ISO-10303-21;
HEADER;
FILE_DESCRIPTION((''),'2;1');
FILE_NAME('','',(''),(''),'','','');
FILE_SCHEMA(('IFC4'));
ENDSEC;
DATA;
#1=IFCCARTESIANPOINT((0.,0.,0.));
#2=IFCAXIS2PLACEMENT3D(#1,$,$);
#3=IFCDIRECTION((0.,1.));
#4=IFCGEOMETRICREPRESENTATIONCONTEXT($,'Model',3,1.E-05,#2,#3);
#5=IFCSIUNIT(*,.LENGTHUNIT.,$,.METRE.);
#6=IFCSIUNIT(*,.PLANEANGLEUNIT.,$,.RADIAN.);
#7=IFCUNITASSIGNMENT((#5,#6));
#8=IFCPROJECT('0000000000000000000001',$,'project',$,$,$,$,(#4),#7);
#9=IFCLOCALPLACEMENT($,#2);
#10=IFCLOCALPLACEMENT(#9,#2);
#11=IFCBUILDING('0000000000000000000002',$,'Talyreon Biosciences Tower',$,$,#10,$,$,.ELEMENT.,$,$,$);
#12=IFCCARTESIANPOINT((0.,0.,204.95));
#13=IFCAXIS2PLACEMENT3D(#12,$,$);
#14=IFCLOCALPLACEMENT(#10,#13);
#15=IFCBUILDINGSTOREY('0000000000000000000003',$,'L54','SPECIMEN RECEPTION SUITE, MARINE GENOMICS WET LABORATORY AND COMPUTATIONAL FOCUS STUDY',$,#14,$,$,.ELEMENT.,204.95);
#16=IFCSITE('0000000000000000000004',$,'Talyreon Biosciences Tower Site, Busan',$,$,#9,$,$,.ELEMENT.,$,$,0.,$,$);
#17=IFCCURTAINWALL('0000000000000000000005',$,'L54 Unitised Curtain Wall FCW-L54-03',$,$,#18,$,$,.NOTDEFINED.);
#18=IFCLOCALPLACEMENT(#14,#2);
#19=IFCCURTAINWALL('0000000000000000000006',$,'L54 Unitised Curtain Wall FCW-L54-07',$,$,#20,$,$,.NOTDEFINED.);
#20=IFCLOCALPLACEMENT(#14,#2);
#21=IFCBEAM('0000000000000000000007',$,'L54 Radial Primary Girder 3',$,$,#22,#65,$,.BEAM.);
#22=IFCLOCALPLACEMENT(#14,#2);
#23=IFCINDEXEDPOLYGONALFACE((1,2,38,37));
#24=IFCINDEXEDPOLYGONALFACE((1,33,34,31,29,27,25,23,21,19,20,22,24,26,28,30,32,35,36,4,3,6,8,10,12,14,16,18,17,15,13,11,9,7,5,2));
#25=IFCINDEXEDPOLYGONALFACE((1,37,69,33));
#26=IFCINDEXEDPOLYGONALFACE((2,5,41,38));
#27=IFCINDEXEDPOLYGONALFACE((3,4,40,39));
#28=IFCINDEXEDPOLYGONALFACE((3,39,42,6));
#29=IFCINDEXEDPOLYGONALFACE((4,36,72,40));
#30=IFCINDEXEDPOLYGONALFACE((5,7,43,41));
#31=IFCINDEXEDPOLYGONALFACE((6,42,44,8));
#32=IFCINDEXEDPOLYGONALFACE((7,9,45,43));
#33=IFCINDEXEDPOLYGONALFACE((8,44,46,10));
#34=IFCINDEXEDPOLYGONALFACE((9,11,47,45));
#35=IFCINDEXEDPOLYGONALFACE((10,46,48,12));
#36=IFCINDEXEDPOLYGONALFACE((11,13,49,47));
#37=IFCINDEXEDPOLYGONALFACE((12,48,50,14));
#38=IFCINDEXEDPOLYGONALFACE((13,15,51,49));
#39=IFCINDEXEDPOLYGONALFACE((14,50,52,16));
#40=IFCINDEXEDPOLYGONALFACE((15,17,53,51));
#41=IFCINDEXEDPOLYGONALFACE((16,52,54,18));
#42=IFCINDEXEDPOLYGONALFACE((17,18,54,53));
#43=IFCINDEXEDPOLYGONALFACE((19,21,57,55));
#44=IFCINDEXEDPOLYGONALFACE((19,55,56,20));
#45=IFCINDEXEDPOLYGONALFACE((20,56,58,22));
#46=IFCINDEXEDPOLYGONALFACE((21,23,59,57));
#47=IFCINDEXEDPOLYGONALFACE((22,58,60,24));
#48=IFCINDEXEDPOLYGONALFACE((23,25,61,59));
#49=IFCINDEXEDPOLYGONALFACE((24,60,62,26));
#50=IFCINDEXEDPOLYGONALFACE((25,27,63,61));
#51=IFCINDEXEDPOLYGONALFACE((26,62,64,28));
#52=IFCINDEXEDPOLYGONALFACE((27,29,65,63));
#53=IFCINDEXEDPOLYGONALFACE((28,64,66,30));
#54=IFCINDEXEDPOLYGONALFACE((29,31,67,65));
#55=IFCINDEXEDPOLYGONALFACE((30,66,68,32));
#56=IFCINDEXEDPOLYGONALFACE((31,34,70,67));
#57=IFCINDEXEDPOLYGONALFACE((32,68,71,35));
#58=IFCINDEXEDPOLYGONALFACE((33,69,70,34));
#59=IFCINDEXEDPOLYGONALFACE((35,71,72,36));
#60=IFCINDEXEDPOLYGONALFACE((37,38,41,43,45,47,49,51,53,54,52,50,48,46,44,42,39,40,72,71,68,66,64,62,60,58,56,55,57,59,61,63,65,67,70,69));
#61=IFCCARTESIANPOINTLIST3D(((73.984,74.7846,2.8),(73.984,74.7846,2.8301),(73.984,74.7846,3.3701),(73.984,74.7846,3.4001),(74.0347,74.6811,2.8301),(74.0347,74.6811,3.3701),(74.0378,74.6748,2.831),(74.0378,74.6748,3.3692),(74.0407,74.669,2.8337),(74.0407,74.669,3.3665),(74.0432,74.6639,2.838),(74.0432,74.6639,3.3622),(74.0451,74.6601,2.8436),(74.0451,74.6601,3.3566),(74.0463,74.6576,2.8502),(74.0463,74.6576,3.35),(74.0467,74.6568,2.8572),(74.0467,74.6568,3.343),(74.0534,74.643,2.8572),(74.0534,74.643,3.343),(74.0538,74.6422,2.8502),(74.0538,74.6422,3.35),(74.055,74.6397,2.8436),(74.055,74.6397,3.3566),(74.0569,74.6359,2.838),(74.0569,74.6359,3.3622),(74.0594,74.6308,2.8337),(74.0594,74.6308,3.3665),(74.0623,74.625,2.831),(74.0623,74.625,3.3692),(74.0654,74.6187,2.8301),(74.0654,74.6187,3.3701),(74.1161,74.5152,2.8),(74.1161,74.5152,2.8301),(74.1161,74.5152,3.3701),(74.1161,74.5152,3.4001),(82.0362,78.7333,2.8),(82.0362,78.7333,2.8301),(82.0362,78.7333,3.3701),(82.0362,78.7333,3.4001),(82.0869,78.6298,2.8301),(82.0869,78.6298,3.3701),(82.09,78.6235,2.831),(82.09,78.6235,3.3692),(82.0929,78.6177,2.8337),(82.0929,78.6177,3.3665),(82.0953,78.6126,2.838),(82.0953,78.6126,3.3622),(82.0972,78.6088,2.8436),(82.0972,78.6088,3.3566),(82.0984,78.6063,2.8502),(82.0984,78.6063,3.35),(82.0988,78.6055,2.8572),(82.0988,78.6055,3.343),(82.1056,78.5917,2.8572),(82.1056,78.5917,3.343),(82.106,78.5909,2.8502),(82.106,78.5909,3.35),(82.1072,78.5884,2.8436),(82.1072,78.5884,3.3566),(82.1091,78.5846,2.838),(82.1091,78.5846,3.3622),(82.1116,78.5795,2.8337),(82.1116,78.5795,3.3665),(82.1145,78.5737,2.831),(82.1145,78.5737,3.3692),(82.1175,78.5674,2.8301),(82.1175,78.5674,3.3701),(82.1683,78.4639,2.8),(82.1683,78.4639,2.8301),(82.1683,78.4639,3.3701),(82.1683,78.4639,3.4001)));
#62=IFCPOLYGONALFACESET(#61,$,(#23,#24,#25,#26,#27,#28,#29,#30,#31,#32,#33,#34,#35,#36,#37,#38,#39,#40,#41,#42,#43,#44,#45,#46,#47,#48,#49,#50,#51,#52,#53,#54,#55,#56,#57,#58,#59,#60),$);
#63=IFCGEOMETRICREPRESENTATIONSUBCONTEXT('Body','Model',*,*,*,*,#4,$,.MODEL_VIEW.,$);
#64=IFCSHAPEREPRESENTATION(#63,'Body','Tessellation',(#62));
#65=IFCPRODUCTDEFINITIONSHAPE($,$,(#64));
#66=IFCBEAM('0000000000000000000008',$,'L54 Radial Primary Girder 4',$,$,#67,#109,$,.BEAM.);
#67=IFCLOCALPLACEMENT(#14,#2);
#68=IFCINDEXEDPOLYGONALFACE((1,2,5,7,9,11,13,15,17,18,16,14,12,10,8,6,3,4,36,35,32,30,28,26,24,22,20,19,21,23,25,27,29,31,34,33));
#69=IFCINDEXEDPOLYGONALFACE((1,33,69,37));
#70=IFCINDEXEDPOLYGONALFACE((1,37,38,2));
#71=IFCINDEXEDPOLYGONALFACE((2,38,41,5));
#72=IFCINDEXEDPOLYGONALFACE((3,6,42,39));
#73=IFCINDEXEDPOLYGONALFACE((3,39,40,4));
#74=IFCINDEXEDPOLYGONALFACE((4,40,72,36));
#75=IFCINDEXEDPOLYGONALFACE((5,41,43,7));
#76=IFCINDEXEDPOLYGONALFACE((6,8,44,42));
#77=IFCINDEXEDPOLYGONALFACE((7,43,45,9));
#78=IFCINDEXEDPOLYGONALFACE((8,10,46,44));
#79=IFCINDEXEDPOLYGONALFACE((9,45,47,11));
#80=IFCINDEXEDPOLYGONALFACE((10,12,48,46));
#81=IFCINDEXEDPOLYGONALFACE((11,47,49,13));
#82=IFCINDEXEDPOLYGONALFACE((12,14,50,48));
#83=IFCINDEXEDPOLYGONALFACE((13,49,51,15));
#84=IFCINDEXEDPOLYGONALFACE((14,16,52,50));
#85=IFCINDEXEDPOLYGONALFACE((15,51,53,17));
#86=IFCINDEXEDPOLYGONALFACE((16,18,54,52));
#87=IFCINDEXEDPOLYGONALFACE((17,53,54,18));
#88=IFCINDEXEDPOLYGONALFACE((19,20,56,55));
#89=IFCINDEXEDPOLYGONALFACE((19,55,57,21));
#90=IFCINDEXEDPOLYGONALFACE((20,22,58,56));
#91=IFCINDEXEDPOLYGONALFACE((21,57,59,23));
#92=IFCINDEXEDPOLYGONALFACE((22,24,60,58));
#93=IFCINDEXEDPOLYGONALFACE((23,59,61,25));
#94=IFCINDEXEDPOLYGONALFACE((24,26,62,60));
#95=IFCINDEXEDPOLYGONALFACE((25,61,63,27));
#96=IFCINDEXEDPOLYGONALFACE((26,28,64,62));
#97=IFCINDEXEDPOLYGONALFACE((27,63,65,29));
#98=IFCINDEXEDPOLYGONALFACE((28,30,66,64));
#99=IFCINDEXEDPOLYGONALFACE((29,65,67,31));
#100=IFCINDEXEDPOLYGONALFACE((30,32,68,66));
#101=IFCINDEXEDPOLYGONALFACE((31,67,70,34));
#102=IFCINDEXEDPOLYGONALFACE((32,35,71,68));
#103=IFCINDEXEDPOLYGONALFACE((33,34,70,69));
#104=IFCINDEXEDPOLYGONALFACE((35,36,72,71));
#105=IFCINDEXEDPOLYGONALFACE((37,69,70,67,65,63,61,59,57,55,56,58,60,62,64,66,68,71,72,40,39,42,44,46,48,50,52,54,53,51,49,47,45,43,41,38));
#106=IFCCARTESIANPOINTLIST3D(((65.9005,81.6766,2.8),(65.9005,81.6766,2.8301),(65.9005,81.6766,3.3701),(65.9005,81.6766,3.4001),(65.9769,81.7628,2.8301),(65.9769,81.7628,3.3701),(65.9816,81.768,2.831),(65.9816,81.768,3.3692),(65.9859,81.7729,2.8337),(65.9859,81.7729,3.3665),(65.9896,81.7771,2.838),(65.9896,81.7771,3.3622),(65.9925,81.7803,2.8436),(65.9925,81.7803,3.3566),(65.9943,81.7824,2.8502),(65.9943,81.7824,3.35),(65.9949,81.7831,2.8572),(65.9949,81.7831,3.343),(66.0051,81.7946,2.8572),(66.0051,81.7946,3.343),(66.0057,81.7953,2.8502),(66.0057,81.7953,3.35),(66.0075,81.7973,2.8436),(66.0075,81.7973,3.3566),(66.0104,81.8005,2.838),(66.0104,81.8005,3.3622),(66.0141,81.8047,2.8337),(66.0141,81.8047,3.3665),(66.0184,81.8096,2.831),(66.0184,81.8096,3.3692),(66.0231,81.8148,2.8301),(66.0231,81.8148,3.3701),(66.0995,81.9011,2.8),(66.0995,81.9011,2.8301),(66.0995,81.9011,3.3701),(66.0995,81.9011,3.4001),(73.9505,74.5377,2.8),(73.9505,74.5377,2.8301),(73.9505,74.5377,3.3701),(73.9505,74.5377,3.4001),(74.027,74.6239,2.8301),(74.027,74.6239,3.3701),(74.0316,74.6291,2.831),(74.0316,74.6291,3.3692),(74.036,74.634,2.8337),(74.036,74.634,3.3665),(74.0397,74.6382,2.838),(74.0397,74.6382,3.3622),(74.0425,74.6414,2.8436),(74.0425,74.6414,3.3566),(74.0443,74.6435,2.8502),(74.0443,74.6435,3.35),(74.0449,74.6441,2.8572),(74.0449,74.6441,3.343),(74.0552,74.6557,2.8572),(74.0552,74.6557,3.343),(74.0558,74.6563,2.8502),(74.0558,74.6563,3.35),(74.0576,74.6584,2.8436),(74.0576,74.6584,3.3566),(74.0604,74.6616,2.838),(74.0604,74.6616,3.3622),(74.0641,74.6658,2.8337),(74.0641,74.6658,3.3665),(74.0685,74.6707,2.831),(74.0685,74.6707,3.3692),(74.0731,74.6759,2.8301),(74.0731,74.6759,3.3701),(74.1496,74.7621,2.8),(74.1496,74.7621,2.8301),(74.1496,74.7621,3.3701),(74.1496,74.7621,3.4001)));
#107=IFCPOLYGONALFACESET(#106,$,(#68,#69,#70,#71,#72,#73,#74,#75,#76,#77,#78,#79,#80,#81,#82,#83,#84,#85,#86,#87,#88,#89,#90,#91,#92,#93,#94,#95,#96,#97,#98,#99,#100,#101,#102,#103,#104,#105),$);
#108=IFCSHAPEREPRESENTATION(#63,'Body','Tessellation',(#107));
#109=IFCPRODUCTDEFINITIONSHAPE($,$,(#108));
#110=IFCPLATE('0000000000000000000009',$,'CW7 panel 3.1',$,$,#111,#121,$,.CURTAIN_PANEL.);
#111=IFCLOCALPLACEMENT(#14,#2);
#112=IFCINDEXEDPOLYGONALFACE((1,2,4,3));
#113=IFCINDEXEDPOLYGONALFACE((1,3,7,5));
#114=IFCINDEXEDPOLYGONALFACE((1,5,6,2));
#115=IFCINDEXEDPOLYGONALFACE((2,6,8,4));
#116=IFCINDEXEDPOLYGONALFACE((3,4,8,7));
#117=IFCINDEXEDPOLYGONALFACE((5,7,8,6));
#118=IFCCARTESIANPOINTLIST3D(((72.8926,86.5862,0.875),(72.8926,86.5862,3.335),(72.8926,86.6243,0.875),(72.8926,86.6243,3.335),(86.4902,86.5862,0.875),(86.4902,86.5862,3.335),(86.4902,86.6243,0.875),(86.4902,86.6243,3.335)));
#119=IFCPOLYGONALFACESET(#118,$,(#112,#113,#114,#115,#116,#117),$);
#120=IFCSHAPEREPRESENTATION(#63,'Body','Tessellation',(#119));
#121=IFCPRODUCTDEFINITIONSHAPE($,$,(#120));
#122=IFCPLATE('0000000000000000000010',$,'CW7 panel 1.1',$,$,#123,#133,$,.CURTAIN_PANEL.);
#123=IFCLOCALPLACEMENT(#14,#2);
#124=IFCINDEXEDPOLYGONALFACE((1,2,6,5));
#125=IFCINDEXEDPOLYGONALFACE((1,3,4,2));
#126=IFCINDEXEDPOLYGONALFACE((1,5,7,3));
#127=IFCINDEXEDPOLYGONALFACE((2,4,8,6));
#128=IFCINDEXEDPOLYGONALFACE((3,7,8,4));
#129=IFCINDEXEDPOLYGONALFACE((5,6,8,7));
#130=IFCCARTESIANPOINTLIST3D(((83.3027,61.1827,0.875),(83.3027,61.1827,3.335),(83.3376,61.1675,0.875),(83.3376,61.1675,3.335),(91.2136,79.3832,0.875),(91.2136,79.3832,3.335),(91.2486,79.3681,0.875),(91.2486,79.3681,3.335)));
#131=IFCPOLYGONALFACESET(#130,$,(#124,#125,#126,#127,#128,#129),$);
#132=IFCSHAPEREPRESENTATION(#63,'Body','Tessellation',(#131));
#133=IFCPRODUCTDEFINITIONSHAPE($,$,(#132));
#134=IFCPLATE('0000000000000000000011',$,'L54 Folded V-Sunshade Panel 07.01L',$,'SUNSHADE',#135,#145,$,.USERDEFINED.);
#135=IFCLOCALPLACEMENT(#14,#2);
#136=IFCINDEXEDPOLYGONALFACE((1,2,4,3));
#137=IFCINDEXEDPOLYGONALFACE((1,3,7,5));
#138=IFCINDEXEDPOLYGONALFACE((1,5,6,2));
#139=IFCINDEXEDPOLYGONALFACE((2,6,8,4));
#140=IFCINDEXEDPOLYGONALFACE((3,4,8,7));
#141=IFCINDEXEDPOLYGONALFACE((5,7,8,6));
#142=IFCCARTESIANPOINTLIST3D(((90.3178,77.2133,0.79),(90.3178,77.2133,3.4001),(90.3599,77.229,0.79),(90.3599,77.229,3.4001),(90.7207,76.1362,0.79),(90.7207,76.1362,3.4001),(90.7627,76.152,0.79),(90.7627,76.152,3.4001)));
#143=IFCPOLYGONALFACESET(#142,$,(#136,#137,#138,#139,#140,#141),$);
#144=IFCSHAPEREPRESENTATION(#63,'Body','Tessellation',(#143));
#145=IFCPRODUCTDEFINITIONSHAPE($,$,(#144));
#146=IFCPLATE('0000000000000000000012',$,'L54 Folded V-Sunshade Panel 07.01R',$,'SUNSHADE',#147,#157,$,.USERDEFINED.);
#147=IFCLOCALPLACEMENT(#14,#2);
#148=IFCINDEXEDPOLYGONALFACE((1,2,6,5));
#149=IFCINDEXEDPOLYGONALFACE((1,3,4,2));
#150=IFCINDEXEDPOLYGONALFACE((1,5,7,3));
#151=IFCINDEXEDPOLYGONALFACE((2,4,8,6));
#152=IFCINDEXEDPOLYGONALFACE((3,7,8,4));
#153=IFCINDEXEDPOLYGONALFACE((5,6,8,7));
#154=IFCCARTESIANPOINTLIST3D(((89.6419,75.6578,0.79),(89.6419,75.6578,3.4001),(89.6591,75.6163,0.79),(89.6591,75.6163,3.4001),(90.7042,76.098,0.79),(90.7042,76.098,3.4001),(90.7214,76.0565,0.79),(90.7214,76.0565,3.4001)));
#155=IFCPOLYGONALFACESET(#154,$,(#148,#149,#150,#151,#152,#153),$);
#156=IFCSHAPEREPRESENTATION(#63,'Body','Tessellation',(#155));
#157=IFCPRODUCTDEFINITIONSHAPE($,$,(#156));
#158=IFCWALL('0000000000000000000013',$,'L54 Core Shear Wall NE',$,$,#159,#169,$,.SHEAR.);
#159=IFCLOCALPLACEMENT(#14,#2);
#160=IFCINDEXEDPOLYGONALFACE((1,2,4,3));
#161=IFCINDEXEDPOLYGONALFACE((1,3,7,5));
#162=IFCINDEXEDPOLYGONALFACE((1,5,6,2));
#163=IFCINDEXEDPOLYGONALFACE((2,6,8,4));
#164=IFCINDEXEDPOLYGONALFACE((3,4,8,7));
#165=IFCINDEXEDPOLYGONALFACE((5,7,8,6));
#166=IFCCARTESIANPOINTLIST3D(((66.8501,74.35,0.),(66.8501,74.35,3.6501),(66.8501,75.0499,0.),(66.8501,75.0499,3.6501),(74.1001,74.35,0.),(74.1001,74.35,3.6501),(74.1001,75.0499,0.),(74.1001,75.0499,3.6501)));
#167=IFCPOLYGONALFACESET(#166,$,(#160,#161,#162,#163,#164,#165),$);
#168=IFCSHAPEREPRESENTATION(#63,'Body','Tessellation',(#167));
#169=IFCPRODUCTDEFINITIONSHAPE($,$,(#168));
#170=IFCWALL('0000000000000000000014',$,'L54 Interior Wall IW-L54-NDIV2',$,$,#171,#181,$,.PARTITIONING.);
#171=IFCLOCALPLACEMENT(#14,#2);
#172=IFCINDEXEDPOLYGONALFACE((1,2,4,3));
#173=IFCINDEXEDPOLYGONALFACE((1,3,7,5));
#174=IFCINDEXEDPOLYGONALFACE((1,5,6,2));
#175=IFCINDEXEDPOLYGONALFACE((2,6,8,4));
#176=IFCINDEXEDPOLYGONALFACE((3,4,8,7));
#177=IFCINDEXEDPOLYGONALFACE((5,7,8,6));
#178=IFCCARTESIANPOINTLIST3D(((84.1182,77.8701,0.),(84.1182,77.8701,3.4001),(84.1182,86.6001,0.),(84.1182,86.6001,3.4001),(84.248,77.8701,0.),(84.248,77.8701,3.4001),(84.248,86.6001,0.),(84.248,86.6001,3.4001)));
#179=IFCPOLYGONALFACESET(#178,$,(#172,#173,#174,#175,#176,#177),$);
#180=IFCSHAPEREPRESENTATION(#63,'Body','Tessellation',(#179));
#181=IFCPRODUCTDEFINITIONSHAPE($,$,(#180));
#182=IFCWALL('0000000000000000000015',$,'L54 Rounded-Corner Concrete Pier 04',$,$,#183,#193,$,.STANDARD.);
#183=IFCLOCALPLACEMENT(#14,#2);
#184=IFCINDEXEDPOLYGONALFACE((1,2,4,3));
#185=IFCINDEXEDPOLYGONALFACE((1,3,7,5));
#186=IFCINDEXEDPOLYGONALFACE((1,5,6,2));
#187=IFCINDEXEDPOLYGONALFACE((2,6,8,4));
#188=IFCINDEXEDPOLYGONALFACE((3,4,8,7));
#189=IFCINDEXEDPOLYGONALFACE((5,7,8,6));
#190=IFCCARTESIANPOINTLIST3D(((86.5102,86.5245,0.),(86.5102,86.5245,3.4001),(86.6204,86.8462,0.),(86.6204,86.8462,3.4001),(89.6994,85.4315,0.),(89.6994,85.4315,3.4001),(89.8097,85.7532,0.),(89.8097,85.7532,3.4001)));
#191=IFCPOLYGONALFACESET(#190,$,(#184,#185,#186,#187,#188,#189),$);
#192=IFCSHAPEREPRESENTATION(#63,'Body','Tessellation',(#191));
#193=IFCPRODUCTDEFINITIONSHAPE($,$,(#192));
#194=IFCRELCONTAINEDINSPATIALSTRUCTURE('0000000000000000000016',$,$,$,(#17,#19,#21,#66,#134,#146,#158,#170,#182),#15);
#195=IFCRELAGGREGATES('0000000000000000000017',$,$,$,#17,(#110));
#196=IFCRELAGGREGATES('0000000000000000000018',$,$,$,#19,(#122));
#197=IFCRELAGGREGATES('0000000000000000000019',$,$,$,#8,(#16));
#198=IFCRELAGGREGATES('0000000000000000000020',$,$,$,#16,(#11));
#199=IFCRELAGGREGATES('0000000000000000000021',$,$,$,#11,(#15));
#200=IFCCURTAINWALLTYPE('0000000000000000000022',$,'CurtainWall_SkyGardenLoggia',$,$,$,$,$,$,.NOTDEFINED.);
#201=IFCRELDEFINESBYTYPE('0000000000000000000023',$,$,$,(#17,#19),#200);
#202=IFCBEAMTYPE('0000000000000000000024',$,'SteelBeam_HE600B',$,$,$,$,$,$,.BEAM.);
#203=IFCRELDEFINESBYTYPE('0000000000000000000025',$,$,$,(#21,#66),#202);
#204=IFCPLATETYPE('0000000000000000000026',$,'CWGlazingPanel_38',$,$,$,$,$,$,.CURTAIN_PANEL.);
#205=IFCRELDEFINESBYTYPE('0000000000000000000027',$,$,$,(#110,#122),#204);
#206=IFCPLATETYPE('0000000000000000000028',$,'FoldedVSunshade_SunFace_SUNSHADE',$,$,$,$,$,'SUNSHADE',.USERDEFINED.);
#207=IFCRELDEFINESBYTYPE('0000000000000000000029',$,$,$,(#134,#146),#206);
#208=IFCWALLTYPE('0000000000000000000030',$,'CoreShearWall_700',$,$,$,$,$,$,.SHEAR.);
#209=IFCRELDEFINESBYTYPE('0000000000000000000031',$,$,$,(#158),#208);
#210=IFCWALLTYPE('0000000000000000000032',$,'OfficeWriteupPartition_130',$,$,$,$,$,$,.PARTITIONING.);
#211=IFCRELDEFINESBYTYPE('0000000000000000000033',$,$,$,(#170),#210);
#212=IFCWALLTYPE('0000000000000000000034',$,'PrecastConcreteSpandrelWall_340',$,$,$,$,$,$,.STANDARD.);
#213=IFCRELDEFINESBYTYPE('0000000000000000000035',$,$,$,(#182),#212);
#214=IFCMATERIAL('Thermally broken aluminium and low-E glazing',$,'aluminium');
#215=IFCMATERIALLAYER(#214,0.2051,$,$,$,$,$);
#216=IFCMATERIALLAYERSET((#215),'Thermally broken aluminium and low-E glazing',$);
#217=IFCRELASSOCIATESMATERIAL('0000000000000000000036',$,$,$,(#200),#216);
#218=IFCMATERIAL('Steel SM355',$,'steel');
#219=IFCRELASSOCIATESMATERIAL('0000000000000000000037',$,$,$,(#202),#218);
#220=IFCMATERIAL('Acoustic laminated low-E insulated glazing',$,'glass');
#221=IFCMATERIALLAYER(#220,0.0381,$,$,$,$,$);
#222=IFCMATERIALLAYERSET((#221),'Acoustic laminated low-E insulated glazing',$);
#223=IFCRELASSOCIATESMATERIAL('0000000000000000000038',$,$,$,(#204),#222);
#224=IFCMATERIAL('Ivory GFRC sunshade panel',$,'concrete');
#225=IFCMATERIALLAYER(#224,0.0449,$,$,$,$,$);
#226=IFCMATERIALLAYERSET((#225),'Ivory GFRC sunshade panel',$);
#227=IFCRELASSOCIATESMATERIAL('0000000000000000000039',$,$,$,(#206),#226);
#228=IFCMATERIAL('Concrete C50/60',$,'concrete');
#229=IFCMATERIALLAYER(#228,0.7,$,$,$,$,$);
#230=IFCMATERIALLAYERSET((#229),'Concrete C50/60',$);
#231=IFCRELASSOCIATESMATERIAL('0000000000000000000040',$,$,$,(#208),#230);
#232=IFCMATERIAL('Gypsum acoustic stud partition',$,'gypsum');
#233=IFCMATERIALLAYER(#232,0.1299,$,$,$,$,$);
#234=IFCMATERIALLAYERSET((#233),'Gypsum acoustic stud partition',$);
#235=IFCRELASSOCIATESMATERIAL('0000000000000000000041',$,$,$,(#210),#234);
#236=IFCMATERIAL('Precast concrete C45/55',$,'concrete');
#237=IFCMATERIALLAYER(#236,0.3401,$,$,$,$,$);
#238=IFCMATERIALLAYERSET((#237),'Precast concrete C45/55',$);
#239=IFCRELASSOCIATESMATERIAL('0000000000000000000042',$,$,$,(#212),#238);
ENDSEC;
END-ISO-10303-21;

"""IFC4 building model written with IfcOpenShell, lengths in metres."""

from ifc_helpers import new_model, si_unit, direction, frame, frame_2d, origin, origin_2d, place, context, subcontext, project, spatial, rectangle, i_section, extrude, material, layer, layer_set, material_profile, profile_set, type_object, element, aggregate, save


model = new_model("IFC4")

# Units and contexts
model_context = context("Model", 3, precision=1e-05, world=origin(), true_north=direction((0.0, 1.0)))
body_context = subcontext(model_context, "Body", "Model", "MODEL_VIEW")
ifc_project = project(units=[si_unit("LENGTHUNIT", "METRE"), si_unit("PLANEANGLEUNIT", "RADIAN")], contexts=[model_context])

# Site, building, storey
site_placement = place(None, origin())
site = spatial("IfcSite", under=ifc_project, at=site_placement, Name="Talyreon Biosciences Tower Site, Busan", CompositionType="ELEMENT", RefElevation=0.0)
building_placement = place(site_placement, origin())
building = spatial("IfcBuilding", under=site, at=building_placement, Name="Talyreon Biosciences Tower", CompositionType="ELEMENT")
storey_placement = place(building_placement, frame((0.0, 0.0, 204.95)))
storey = spatial("IfcBuildingStorey", under=building, at=storey_placement, Name="L54", Description="SPECIMEN RECEPTION SUITE, MARINE GENOMICS WET LABORATORY AND COMPUTATIONAL FOCUS STUDY", CompositionType="ELEMENT", Elevation=204.95)

# Shared definitions
ifc_material_1 = material(Name="Concrete C50/60", Category="concrete")

# Curtain wall
ifc_material_2 = material(Name="Thermally broken aluminium and low-E glazing", Category="aluminium")
ifc_layer_1 = layer(ifc_material_2, 0.2051)
ifc_layer_set_1 = layer_set([ifc_layer_1], Name="Thermally broken aluminium and low-E glazing")
curtain_wall_type = type_object("IfcCurtainWallType", Name="CurtainWall_SkyGardenLoggia", PredefinedType="NOTDEFINED", material=ifc_layer_set_1)
curtain_wall_1_placement = place(storey_placement, origin())
curtain_wall_1 = element("IfcCurtainWall", 1, at=curtain_wall_1_placement, inside=storey, type_object=curtain_wall_type, Name="L54 Unitised Curtain Wall FCW-L54-03", PredefinedType="NOTDEFINED")

# Curtain wall
curtain_wall_2_placement = place(storey_placement, origin())
curtain_wall_2 = element("IfcCurtainWall", 2, at=curtain_wall_2_placement, inside=storey, type_object=curtain_wall_type, Name="L54 Unitised Curtain Wall FCW-L54-07", PredefinedType="NOTDEFINED")

# Beams
ifc_material_3 = material(Name="Precast concrete C45/55", Category="concrete")
ifc_material_4 = material(Name="Steel SM355", Category="steel")
ifc_material_profile_1 = material_profile(ifc_material_4, i_section(OverallWidth=0.3, OverallDepth=0.6001, WebThickness=0.0154, FlangeThickness=0.03, FilletRadius=0.0271, at=origin_2d()), Name="HE600B")
ifc_profile_set_1 = profile_set([ifc_material_profile_1], Name="Steel SM355")
beam_type_1 = type_object("IfcBeamType", Name="SteelBeam_HE600B", PredefinedType="BEAM", material=ifc_profile_set_1)
beam_1_placement = place(storey_placement, frame((74.05, 74.6499, 3.1001), z_axis=(0.897852, 0.440297, 0.0), x_axis=(-0.440297, 0.897852, 0.0)))
element("IfcBeam", 3, at=beam_1_placement, inside=storey, type_object=beam_type_1, Name="L54 Radial Primary Girder 3", PredefinedType="BEAM", context=body_context, shape_type="SweptSolid", body=[
    extrude(i_section(OverallWidth=0.3, OverallDepth=0.6001, WebThickness=0.0154, FlangeThickness=0.03, FilletRadius=0.0271, at=origin_2d()), origin(), (0.0, 0.0, 1.0), 8.9683),
])
beam_2_placement = place(storey_placement, frame((74.05, 74.6499, 3.1001), z_axis=(-0.748179, 0.663497, 0.0), x_axis=(-0.663497, -0.748179, 0.0)))
element("IfcBeam", 4, at=beam_2_placement, inside=storey, type_object=beam_type_1, Name="L54 Radial Primary Girder 4", PredefinedType="BEAM", context=body_context, shape_type="SweptSolid", body=[
    extrude(i_section(OverallWidth=0.3, OverallDepth=0.6001, WebThickness=0.0154, FlangeThickness=0.03, FilletRadius=0.0271, at=origin_2d()), origin(), (0.0, 0.0, 1.0), 10.7595),
])

# Plates
ifc_material_5 = material(Name="Acoustic laminated low-E insulated glazing", Category="glass")
ifc_layer_2 = layer(ifc_material_5, 0.0381)
ifc_layer_set_2 = layer_set([ifc_layer_2], Name="Acoustic laminated low-E insulated glazing")
plate_type_1 = type_object("IfcPlateType", Name="CWGlazingPanel_38", PredefinedType="CURTAIN_PANEL", material=ifc_layer_set_2)
plate_1_placement = place(storey_placement, frame((79.6914, 86.6052, 0.875), z_axis=(0.0, 0.0, 1.0), x_axis=(1.0, 0.0, 0.0)))
plate_1 = element("IfcPlate", 5, at=plate_1_placement, type_object=plate_type_1, Name="CW7 panel 3.1", PredefinedType="CURTAIN_PANEL", context=body_context, shape_type="SweptSolid", body=[
    extrude(rectangle(XDim=13.5977, YDim=0.0381, at=origin_2d()), origin(), (0.0, 0.0, 1.0), 2.46),
])
aggregate(curtain_wall_1, [plate_1])
plate_2_placement = place(storey_placement, frame((87.2756, 70.2754, 0.875), z_axis=(0.0, 0.0, 1.0), x_axis=(-0.398628, -0.917113, 0.0)))
plate_2 = element("IfcPlate", 6, at=plate_2_placement, type_object=plate_type_1, Name="CW7 panel 1.1", PredefinedType="CURTAIN_PANEL", context=body_context, shape_type="SweptSolid", body=[
    extrude(rectangle(XDim=19.8455, YDim=0.0381, at=origin_2d()), origin(), (0.0, 0.0, 1.0), 2.46),
])
aggregate(curtain_wall_2, [plate_2])

# Plates
ifc_material_6 = material(Name="Ivory GFRC sunshade panel", Category="concrete")
ifc_layer_3 = layer(ifc_material_6, 0.0449)
ifc_layer_set_3 = layer_set([ifc_layer_3], Name="Ivory GFRC sunshade panel")
plate_type_2 = type_object("IfcPlateType", Name="FoldedVSunshade_SunFace_SUNSHADE", ElementType="SUNSHADE", PredefinedType="USERDEFINED", material=ifc_layer_set_3)
for number, where, z_axis, x_axis, name in (
    (7, (90.5403, 76.6826, 0.79), (0.0, 0.0, 1.0), (0.350338, -0.936623, 0.0), "L54 Folded V-Sunshade Panel 07.01L"),
    (8, (90.1816, 75.8572, 0.79), (0.0, 0.0, 1.0), (-0.923826, -0.382812, 0.0), "L54 Folded V-Sunshade Panel 07.01R"),
):
    element("IfcPlate", number, at=place(storey_placement, frame(where, z_axis=z_axis, x_axis=x_axis)), inside=storey, type_object=plate_type_2, Name=name, ObjectType="SUNSHADE", PredefinedType="USERDEFINED", context=body_context, shape_type="SweptSolid", body=[
        extrude(rectangle(XDim=1.1499, YDim=0.0449, at=origin_2d()), origin(), (0.0, 0.0, 1.0), 2.6101),
    ])

# Walls
ifc_layer_4 = layer(ifc_material_1, 0.7)
ifc_layer_set_4 = layer_set([ifc_layer_4], Name="Concrete C50/60")
wall_type_1 = type_object("IfcWallType", Name="CoreShearWall_700", PredefinedType="SHEAR", material=ifc_layer_set_4)
wall_1_placement = place(storey_placement, frame((74.1001, 74.7, 0.0), z_axis=(0.0, 0.0, 1.0), x_axis=(-1.0, 0.0, 0.0)))
element("IfcWall", 9, at=wall_1_placement, inside=storey, type_object=wall_type_1, Name="L54 Core Shear Wall NE", PredefinedType="SHEAR", context=body_context, shape_type="SweptSolid", body=[
    extrude(rectangle(XDim=7.25, YDim=0.7, at=frame_2d((3.625, 0.0))), origin(), (0.0, 0.0, 1.0), 3.6501),
])
ifc_material_7 = material(Name="Gypsum acoustic stud partition", Category="gypsum")
ifc_layer_5 = layer(ifc_material_7, 0.1299)
ifc_layer_set_5 = layer_set([ifc_layer_5], Name="Gypsum acoustic stud partition")
wall_type_2 = type_object("IfcWallType", Name="OfficeWriteupPartition_130", PredefinedType="PARTITIONING", material=ifc_layer_set_5)
wall_2_placement = place(storey_placement, frame((84.1831, 77.8701, 0.0), z_axis=(0.0, 0.0, 1.0), x_axis=(0.0, 1.0, 0.0)))
element("IfcWall", 10, at=wall_2_placement, inside=storey, type_object=wall_type_2, Name="L54 Interior Wall IW-L54-NDIV2", PredefinedType="PARTITIONING", context=body_context, shape_type="SweptSolid", body=[
    extrude(rectangle(XDim=8.73, YDim=0.1299, at=frame_2d((4.365, 0.0))), origin(), (0.0, 0.0, 1.0), 3.4001),
])
ifc_layer_6 = layer(ifc_material_3, 0.3401)
ifc_layer_set_6 = layer_set([ifc_layer_6], Name="Precast concrete C45/55")
wall_type_3 = type_object("IfcWallType", Name="PrecastConcreteSpandrelWall_340", PredefinedType="STANDARD", material=ifc_layer_set_6)
wall_3_placement = place(storey_placement, frame((86.5654, 86.6853, 0.0), z_axis=(0.0, 0.0, 1.0), x_axis=(0.945985, -0.324211, 0.0)))
element("IfcWall", 11, at=wall_3_placement, inside=storey, type_object=wall_type_3, Name="L54 Rounded-Corner Concrete Pier 04", PredefinedType="STANDARD", context=body_context, shape_type="SweptSolid", body=[
    extrude(rectangle(XDim=3.3713, YDim=0.3401, at=frame_2d((1.6855, 0.0))), origin(), (0.0, 0.0, 1.0), 3.4001),
])

save(model, "model.ifc")
